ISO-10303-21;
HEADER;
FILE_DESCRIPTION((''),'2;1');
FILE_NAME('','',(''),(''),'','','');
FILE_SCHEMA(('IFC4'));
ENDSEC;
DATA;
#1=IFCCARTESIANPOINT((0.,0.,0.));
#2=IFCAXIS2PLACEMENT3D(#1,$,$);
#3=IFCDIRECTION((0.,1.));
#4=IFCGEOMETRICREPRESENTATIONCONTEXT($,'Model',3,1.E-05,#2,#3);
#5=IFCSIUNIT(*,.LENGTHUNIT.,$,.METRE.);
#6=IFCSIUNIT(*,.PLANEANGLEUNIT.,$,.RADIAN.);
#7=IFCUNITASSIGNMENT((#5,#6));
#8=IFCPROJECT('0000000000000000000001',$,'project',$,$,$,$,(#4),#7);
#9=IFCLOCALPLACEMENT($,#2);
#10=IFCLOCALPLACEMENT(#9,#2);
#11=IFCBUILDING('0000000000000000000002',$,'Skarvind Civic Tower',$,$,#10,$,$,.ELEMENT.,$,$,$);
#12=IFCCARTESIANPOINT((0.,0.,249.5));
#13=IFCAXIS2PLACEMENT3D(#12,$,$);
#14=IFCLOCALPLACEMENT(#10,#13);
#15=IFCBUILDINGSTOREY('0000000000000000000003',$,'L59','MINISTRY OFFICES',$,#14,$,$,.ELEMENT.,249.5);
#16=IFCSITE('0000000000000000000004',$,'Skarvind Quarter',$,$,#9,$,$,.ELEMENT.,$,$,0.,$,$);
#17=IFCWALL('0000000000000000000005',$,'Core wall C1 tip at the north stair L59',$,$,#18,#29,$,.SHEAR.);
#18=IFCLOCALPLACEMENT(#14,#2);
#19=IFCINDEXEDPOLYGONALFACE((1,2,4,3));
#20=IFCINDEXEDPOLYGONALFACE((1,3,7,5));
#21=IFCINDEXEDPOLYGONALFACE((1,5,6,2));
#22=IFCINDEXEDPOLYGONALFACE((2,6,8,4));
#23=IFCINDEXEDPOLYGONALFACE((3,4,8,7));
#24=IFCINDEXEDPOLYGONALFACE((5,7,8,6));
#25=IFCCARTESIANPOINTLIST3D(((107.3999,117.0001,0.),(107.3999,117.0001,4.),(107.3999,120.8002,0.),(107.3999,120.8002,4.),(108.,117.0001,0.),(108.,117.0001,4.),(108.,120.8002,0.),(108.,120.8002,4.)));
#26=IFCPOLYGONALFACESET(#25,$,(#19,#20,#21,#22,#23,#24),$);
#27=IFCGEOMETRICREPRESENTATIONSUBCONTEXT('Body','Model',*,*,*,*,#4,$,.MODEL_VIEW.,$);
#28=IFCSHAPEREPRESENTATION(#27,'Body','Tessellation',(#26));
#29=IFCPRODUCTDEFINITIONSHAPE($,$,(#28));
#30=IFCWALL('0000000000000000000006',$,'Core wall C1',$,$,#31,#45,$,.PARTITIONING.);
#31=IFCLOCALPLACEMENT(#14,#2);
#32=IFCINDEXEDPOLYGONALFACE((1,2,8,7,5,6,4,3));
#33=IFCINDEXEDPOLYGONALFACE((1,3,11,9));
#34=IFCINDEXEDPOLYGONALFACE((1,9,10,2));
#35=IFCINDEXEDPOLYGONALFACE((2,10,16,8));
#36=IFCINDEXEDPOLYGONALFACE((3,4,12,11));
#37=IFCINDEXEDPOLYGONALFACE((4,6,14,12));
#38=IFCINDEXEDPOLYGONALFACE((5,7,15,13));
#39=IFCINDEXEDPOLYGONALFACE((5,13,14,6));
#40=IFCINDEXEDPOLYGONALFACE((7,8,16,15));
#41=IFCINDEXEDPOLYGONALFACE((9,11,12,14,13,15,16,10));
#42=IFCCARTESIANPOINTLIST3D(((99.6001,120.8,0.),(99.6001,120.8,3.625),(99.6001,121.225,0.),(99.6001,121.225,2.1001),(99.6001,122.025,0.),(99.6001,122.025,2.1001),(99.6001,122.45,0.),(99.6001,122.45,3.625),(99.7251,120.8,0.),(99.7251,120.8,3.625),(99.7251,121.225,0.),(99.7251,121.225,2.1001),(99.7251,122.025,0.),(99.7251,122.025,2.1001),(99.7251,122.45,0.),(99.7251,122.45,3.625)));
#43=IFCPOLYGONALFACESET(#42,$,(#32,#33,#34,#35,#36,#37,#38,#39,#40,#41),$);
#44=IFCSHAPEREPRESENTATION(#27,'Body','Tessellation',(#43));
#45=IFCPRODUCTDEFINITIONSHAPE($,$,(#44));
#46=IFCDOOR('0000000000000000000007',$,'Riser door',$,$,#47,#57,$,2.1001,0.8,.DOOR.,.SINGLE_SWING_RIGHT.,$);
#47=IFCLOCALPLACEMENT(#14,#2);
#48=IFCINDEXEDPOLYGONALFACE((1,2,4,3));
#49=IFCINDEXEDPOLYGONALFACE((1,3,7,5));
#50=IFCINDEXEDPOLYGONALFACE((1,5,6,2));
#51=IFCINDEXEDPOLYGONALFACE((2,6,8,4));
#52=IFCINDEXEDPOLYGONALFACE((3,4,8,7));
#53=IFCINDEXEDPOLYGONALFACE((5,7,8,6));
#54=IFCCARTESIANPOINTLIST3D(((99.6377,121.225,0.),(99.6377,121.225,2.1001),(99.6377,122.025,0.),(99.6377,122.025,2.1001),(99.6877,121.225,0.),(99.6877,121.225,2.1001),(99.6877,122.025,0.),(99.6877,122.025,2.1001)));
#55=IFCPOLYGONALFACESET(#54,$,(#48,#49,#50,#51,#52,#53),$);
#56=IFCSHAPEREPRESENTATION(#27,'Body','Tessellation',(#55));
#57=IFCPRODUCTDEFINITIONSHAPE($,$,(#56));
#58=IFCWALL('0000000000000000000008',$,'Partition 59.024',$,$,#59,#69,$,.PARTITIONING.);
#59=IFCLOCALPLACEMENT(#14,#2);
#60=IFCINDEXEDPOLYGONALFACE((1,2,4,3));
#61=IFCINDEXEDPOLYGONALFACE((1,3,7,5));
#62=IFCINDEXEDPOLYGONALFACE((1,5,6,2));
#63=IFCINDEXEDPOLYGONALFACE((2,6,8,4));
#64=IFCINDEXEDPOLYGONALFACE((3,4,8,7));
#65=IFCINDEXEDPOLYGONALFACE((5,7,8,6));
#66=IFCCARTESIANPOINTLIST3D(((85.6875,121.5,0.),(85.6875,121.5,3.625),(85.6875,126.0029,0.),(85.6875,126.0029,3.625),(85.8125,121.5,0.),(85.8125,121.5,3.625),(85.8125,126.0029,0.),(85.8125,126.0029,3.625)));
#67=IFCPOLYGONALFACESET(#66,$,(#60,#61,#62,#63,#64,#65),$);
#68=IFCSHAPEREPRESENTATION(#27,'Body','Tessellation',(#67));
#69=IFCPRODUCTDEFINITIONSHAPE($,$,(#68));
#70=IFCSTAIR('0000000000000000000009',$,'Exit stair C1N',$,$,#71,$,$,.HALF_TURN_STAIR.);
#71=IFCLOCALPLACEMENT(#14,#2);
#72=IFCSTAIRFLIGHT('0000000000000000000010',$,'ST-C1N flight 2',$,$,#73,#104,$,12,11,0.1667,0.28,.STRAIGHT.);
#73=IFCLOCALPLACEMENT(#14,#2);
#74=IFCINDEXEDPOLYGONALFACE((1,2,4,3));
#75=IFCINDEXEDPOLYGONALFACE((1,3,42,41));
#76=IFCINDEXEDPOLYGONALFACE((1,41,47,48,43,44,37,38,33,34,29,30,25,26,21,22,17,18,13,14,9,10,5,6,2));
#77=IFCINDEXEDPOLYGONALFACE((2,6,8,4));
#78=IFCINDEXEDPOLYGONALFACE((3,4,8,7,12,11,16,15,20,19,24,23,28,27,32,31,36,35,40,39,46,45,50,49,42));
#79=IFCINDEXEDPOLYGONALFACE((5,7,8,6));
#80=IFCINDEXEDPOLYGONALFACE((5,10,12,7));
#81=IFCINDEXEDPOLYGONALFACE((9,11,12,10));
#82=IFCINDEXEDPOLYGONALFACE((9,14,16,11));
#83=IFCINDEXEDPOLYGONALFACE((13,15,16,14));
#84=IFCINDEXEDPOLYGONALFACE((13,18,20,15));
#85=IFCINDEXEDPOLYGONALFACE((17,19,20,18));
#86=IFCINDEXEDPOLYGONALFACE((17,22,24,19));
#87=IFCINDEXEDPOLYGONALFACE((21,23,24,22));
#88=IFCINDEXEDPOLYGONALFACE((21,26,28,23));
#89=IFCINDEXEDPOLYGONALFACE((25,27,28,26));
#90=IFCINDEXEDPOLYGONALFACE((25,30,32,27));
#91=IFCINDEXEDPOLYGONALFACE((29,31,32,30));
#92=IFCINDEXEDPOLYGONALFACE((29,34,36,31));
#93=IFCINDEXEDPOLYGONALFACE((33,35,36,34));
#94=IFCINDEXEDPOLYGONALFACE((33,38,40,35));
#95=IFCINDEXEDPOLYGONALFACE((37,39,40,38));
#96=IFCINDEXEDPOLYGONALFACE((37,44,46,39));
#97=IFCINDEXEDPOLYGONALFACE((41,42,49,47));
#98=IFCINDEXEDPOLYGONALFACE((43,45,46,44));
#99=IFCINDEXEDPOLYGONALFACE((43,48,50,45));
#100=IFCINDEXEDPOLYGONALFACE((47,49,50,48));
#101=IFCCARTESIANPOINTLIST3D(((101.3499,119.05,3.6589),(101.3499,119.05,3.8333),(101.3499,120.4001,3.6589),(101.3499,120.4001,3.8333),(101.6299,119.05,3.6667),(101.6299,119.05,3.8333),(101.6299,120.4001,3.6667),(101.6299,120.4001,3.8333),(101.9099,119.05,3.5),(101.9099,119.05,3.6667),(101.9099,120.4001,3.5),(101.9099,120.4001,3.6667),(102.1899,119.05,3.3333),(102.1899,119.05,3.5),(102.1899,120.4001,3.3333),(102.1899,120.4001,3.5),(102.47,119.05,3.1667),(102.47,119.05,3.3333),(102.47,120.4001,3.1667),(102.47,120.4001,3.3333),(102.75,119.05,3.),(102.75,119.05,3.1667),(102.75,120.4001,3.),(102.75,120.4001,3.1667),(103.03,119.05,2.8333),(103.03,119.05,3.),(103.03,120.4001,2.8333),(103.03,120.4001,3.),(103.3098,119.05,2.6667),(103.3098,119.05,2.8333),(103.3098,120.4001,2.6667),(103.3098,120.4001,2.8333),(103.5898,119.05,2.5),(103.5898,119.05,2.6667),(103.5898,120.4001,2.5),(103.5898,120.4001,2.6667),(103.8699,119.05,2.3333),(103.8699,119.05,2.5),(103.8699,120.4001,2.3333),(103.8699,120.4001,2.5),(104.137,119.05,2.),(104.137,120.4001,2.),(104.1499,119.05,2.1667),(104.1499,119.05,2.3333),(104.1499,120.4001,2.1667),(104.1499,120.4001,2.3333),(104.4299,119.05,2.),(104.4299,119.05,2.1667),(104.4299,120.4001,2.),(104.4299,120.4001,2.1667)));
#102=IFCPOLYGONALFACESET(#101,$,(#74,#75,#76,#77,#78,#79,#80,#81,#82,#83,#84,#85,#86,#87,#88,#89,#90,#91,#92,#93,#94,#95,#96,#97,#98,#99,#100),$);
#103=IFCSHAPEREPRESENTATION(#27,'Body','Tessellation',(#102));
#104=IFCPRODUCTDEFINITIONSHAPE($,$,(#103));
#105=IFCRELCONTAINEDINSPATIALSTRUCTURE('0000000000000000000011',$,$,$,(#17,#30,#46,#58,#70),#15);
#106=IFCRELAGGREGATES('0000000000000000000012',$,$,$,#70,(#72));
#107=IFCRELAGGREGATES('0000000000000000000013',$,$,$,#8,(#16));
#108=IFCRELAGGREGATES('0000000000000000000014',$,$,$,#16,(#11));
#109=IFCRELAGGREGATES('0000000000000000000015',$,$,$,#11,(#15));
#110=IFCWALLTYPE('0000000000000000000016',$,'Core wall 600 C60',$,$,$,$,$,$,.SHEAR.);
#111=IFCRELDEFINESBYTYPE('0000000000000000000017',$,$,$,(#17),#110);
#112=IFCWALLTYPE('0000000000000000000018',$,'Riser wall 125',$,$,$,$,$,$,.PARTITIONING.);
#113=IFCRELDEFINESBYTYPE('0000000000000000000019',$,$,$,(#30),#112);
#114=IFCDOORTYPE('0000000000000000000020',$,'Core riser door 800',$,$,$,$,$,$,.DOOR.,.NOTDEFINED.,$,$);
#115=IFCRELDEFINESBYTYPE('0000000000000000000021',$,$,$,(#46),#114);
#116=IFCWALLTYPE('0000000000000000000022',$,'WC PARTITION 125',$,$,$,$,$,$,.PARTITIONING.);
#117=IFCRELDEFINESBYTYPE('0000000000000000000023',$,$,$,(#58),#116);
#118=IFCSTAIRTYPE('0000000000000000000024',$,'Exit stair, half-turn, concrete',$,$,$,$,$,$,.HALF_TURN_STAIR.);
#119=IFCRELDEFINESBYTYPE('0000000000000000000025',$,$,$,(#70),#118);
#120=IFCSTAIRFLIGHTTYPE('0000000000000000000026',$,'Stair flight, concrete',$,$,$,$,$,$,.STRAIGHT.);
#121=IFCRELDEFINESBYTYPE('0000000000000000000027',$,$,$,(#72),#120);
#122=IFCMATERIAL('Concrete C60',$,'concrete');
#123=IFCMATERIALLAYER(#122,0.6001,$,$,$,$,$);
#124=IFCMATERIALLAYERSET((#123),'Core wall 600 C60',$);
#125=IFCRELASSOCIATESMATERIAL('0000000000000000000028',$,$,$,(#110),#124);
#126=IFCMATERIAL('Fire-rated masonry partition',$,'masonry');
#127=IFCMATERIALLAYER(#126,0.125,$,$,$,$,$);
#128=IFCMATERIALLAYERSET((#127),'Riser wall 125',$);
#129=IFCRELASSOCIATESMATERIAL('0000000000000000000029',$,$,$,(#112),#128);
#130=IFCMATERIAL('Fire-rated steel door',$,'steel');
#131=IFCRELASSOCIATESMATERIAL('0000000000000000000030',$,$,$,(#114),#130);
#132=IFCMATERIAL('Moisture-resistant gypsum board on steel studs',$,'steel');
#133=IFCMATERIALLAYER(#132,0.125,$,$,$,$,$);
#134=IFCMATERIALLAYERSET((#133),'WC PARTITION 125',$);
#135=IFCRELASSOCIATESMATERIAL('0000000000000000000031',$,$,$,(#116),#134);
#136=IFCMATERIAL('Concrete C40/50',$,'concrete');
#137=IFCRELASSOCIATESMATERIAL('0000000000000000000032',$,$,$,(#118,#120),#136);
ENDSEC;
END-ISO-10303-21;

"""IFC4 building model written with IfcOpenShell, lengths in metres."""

from ifc_helpers import new_model, si_unit, direction, frame, frame_2d, origin, place, context, subcontext, project, spatial, polyline, rectangle, outline, extrude, material, layer, layer_set, type_object, element, fill, aggregate, save


model = new_model("IFC4")

# Units and contexts
model_context = context("Model", 3, precision=1e-05, world=origin(), true_north=direction((0.0, 1.0)))
body_context = subcontext(model_context, "Body", "Model", "MODEL_VIEW")
ifc_project = project(units=[si_unit("LENGTHUNIT", "METRE"), si_unit("PLANEANGLEUNIT", "RADIAN")], contexts=[model_context])

# Site, building, storey
site_placement = place(None, origin())
site = spatial("IfcSite", under=ifc_project, at=site_placement, Name="Skarvind Quarter", CompositionType="ELEMENT", RefElevation=0.0)
building_placement = place(site_placement, origin())
building = spatial("IfcBuilding", under=site, at=building_placement, Name="Skarvind Civic Tower", CompositionType="ELEMENT")
storey_placement = place(building_placement, frame((0.0, 0.0, 249.5)))
storey = spatial("IfcBuildingStorey", under=building, at=storey_placement, Name="L59", Description="MINISTRY OFFICES", CompositionType="ELEMENT", Elevation=249.5)

# Shared definitions
ifc_material_1 = material(Name="Concrete C60", Category="concrete")

# Shared definitions
ifc_material_2 = material(Name="Fire-rated steel door", Category="steel")

# Wall
ifc_layer_1 = layer(ifc_material_1, 0.6001)
ifc_layer_set_1 = layer_set([ifc_layer_1], Name="Core wall 600 C60")
wall_type_1 = type_object("IfcWallType", Name="Core wall 600 C60", PredefinedType="SHEAR", material=ifc_layer_set_1)
wall_1_placement = place(storey_placement, frame((107.7, 120.8, 0.0), z_axis=(0.0, 0.0, 1.0), x_axis=(0.0, -1.0, 0.0)))
element("IfcWall", 1, at=wall_1_placement, inside=storey, type_object=wall_type_1, Name="Core wall C1 tip at the north stair L59", PredefinedType="SHEAR", context=body_context, shape_type="SweptSolid", body=[
    extrude(rectangle(XDim=3.8, YDim=0.6001, at=frame_2d((1.8999, 0.0))), origin(), (0.0, 0.0, 1.0), 4.0),
])

# Wall, opening, door
ifc_material_3 = material(Name="Fire-rated masonry partition", Category="masonry")
ifc_layer_2 = layer(ifc_material_3, 0.125)
ifc_layer_set_2 = layer_set([ifc_layer_2], Name="Riser wall 125")
wall_type_2 = type_object("IfcWallType", Name="Riser wall 125", PredefinedType="PARTITIONING", material=ifc_layer_set_2)
wall_2_placement = place(storey_placement, frame((99.6626, 120.8, 0.0), z_axis=(0.0, 0.0, 1.0), x_axis=(0.0, 1.0, 0.0)))
wall_2 = element("IfcWall", 2, at=wall_2_placement, inside=storey, type_object=wall_type_2, Name="Core wall C1", PredefinedType="PARTITIONING", context=body_context, shape_type="SweptSolid", body=[
    extrude(rectangle(XDim=1.6499, YDim=0.125, at=frame_2d((0.825, 0.0))), origin(), (0.0, 0.0, 1.0), 3.625),
])
opening_1_placement = place(wall_2_placement, frame((0.425, 0.0, 0.0)))
opening_1 = element("IfcOpeningElement", 3, at=opening_1_placement, cuts=wall_2, PredefinedType="OPENING", context=body_context, shape_type="SweptSolid", body=[
    extrude(rectangle(XDim=0.8, YDim=2.1001, at=frame_2d((0.3999, 1.05))), frame((0.0, 0.0725, 0.0), z_axis=(0.0, -1.0, 0.0), x_axis=(1.0, 0.0, 0.0)), (0.0, 0.0, 1.0), 0.145),
])
door_type_1 = type_object("IfcDoorType", Name="Core riser door 800", OperationType="NOTDEFINED", PredefinedType="DOOR", material=ifc_material_2)
door_1_placement = place(opening_1_placement, origin())
door_1 = element("IfcDoor", 4, at=door_1_placement, inside=storey, type_object=door_type_1, Name="Riser door", OperationType="SINGLE_SWING_RIGHT", OverallHeight=2.1001, OverallWidth=0.8, PredefinedType="DOOR", context=body_context, shape_type="SweptSolid", body=[
    extrude(rectangle(XDim=0.8, YDim=2.1001, at=frame_2d((0.3999, 1.05))), frame((0.0, 0.0249, 0.0), z_axis=(0.0, -1.0, 0.0), x_axis=(1.0, 0.0, 0.0)), (0.0, 0.0, 1.0), 0.05),
])
fill(opening_1, door_1)

# Wall
ifc_material_4 = material(Name="Moisture-resistant gypsum board on steel studs", Category="steel")
ifc_layer_3 = layer(ifc_material_4, 0.125)
ifc_layer_set_3 = layer_set([ifc_layer_3], Name="WC PARTITION 125")
wall_type_3 = type_object("IfcWallType", Name="WC PARTITION 125", PredefinedType="PARTITIONING", material=ifc_layer_set_3)
wall_3_placement = place(storey_placement, frame((85.75, 121.5, 0.0), z_axis=(0.0, 0.0, 1.0), x_axis=(0.0, 1.0, 0.0)))
element("IfcWall", 5, at=wall_3_placement, inside=storey, type_object=wall_type_3, Name="Partition 59.024", PredefinedType="PARTITIONING", context=body_context, shape_type="SweptSolid", body=[
    extrude(rectangle(XDim=4.5029, YDim=0.125, at=frame_2d((2.2515, 0.0))), origin(), (0.0, 0.0, 1.0), 3.625),
])

# Stair, stair flight
ifc_material_5 = material(Name="Concrete C40/50", Category="concrete")
stair_type = type_object("IfcStairType", Name="Exit stair, half-turn, concrete", PredefinedType="HALF_TURN_STAIR", material=ifc_material_5)
stair_placement = place(storey_placement, origin())
stair = element("IfcStair", 6, at=stair_placement, inside=storey, type_object=stair_type, Name="Exit stair C1N", PredefinedType="HALF_TURN_STAIR")
stair_flight_type = type_object("IfcStairFlightType", Name="Stair flight, concrete", PredefinedType="STRAIGHT", material=ifc_material_5)
stair_flight_placement = place(storey_placement, frame((104.4299, 119.7251, 2.0), z_axis=(0.0, 0.0, 1.0), x_axis=(-1.0, 0.0, 0.0)))
stair_flight = element("IfcStairFlight", 7, at=stair_flight_placement, type_object=stair_flight_type, Name="ST-C1N flight 2", NumberOfRisers=12, NumberOfTreads=11, PredefinedType="STRAIGHT", RiserHeight=0.1667, TreadLength=0.28, context=body_context, shape_type="SweptSolid", body=[
    extrude(outline(polyline([(0.0, 0.0), (0.0, 0.1667), (0.28, 0.1667), (0.28, 0.3333), (0.5601, 0.3333), (0.5601, 0.5), (0.8401, 0.5), (0.8401, 0.6667), (1.1201, 0.6667), (1.1201, 0.8333), (1.3999, 0.8333), (1.3999, 1.0), (1.6799, 1.0), (1.6799, 1.1667), (1.96, 1.1667), (1.96, 1.3333), (2.24, 1.3333), (2.24, 1.5), (2.52, 1.5), (2.52, 1.6667), (2.8, 1.6667), (2.8, 1.8333), (3.0801, 1.8333), (3.0801, 2.0), (3.0801, 1.6589), (0.293, 0.0), (0.0, 0.0)])), frame((0.0, 0.675, 0.0), z_axis=(0.0, -1.0, 0.0), x_axis=(1.0, 0.0, 0.0)), (0.0, 0.0, 1.0), 1.3501),
])
aggregate(stair, [stair_flight])

save(model, "model.ifc")
